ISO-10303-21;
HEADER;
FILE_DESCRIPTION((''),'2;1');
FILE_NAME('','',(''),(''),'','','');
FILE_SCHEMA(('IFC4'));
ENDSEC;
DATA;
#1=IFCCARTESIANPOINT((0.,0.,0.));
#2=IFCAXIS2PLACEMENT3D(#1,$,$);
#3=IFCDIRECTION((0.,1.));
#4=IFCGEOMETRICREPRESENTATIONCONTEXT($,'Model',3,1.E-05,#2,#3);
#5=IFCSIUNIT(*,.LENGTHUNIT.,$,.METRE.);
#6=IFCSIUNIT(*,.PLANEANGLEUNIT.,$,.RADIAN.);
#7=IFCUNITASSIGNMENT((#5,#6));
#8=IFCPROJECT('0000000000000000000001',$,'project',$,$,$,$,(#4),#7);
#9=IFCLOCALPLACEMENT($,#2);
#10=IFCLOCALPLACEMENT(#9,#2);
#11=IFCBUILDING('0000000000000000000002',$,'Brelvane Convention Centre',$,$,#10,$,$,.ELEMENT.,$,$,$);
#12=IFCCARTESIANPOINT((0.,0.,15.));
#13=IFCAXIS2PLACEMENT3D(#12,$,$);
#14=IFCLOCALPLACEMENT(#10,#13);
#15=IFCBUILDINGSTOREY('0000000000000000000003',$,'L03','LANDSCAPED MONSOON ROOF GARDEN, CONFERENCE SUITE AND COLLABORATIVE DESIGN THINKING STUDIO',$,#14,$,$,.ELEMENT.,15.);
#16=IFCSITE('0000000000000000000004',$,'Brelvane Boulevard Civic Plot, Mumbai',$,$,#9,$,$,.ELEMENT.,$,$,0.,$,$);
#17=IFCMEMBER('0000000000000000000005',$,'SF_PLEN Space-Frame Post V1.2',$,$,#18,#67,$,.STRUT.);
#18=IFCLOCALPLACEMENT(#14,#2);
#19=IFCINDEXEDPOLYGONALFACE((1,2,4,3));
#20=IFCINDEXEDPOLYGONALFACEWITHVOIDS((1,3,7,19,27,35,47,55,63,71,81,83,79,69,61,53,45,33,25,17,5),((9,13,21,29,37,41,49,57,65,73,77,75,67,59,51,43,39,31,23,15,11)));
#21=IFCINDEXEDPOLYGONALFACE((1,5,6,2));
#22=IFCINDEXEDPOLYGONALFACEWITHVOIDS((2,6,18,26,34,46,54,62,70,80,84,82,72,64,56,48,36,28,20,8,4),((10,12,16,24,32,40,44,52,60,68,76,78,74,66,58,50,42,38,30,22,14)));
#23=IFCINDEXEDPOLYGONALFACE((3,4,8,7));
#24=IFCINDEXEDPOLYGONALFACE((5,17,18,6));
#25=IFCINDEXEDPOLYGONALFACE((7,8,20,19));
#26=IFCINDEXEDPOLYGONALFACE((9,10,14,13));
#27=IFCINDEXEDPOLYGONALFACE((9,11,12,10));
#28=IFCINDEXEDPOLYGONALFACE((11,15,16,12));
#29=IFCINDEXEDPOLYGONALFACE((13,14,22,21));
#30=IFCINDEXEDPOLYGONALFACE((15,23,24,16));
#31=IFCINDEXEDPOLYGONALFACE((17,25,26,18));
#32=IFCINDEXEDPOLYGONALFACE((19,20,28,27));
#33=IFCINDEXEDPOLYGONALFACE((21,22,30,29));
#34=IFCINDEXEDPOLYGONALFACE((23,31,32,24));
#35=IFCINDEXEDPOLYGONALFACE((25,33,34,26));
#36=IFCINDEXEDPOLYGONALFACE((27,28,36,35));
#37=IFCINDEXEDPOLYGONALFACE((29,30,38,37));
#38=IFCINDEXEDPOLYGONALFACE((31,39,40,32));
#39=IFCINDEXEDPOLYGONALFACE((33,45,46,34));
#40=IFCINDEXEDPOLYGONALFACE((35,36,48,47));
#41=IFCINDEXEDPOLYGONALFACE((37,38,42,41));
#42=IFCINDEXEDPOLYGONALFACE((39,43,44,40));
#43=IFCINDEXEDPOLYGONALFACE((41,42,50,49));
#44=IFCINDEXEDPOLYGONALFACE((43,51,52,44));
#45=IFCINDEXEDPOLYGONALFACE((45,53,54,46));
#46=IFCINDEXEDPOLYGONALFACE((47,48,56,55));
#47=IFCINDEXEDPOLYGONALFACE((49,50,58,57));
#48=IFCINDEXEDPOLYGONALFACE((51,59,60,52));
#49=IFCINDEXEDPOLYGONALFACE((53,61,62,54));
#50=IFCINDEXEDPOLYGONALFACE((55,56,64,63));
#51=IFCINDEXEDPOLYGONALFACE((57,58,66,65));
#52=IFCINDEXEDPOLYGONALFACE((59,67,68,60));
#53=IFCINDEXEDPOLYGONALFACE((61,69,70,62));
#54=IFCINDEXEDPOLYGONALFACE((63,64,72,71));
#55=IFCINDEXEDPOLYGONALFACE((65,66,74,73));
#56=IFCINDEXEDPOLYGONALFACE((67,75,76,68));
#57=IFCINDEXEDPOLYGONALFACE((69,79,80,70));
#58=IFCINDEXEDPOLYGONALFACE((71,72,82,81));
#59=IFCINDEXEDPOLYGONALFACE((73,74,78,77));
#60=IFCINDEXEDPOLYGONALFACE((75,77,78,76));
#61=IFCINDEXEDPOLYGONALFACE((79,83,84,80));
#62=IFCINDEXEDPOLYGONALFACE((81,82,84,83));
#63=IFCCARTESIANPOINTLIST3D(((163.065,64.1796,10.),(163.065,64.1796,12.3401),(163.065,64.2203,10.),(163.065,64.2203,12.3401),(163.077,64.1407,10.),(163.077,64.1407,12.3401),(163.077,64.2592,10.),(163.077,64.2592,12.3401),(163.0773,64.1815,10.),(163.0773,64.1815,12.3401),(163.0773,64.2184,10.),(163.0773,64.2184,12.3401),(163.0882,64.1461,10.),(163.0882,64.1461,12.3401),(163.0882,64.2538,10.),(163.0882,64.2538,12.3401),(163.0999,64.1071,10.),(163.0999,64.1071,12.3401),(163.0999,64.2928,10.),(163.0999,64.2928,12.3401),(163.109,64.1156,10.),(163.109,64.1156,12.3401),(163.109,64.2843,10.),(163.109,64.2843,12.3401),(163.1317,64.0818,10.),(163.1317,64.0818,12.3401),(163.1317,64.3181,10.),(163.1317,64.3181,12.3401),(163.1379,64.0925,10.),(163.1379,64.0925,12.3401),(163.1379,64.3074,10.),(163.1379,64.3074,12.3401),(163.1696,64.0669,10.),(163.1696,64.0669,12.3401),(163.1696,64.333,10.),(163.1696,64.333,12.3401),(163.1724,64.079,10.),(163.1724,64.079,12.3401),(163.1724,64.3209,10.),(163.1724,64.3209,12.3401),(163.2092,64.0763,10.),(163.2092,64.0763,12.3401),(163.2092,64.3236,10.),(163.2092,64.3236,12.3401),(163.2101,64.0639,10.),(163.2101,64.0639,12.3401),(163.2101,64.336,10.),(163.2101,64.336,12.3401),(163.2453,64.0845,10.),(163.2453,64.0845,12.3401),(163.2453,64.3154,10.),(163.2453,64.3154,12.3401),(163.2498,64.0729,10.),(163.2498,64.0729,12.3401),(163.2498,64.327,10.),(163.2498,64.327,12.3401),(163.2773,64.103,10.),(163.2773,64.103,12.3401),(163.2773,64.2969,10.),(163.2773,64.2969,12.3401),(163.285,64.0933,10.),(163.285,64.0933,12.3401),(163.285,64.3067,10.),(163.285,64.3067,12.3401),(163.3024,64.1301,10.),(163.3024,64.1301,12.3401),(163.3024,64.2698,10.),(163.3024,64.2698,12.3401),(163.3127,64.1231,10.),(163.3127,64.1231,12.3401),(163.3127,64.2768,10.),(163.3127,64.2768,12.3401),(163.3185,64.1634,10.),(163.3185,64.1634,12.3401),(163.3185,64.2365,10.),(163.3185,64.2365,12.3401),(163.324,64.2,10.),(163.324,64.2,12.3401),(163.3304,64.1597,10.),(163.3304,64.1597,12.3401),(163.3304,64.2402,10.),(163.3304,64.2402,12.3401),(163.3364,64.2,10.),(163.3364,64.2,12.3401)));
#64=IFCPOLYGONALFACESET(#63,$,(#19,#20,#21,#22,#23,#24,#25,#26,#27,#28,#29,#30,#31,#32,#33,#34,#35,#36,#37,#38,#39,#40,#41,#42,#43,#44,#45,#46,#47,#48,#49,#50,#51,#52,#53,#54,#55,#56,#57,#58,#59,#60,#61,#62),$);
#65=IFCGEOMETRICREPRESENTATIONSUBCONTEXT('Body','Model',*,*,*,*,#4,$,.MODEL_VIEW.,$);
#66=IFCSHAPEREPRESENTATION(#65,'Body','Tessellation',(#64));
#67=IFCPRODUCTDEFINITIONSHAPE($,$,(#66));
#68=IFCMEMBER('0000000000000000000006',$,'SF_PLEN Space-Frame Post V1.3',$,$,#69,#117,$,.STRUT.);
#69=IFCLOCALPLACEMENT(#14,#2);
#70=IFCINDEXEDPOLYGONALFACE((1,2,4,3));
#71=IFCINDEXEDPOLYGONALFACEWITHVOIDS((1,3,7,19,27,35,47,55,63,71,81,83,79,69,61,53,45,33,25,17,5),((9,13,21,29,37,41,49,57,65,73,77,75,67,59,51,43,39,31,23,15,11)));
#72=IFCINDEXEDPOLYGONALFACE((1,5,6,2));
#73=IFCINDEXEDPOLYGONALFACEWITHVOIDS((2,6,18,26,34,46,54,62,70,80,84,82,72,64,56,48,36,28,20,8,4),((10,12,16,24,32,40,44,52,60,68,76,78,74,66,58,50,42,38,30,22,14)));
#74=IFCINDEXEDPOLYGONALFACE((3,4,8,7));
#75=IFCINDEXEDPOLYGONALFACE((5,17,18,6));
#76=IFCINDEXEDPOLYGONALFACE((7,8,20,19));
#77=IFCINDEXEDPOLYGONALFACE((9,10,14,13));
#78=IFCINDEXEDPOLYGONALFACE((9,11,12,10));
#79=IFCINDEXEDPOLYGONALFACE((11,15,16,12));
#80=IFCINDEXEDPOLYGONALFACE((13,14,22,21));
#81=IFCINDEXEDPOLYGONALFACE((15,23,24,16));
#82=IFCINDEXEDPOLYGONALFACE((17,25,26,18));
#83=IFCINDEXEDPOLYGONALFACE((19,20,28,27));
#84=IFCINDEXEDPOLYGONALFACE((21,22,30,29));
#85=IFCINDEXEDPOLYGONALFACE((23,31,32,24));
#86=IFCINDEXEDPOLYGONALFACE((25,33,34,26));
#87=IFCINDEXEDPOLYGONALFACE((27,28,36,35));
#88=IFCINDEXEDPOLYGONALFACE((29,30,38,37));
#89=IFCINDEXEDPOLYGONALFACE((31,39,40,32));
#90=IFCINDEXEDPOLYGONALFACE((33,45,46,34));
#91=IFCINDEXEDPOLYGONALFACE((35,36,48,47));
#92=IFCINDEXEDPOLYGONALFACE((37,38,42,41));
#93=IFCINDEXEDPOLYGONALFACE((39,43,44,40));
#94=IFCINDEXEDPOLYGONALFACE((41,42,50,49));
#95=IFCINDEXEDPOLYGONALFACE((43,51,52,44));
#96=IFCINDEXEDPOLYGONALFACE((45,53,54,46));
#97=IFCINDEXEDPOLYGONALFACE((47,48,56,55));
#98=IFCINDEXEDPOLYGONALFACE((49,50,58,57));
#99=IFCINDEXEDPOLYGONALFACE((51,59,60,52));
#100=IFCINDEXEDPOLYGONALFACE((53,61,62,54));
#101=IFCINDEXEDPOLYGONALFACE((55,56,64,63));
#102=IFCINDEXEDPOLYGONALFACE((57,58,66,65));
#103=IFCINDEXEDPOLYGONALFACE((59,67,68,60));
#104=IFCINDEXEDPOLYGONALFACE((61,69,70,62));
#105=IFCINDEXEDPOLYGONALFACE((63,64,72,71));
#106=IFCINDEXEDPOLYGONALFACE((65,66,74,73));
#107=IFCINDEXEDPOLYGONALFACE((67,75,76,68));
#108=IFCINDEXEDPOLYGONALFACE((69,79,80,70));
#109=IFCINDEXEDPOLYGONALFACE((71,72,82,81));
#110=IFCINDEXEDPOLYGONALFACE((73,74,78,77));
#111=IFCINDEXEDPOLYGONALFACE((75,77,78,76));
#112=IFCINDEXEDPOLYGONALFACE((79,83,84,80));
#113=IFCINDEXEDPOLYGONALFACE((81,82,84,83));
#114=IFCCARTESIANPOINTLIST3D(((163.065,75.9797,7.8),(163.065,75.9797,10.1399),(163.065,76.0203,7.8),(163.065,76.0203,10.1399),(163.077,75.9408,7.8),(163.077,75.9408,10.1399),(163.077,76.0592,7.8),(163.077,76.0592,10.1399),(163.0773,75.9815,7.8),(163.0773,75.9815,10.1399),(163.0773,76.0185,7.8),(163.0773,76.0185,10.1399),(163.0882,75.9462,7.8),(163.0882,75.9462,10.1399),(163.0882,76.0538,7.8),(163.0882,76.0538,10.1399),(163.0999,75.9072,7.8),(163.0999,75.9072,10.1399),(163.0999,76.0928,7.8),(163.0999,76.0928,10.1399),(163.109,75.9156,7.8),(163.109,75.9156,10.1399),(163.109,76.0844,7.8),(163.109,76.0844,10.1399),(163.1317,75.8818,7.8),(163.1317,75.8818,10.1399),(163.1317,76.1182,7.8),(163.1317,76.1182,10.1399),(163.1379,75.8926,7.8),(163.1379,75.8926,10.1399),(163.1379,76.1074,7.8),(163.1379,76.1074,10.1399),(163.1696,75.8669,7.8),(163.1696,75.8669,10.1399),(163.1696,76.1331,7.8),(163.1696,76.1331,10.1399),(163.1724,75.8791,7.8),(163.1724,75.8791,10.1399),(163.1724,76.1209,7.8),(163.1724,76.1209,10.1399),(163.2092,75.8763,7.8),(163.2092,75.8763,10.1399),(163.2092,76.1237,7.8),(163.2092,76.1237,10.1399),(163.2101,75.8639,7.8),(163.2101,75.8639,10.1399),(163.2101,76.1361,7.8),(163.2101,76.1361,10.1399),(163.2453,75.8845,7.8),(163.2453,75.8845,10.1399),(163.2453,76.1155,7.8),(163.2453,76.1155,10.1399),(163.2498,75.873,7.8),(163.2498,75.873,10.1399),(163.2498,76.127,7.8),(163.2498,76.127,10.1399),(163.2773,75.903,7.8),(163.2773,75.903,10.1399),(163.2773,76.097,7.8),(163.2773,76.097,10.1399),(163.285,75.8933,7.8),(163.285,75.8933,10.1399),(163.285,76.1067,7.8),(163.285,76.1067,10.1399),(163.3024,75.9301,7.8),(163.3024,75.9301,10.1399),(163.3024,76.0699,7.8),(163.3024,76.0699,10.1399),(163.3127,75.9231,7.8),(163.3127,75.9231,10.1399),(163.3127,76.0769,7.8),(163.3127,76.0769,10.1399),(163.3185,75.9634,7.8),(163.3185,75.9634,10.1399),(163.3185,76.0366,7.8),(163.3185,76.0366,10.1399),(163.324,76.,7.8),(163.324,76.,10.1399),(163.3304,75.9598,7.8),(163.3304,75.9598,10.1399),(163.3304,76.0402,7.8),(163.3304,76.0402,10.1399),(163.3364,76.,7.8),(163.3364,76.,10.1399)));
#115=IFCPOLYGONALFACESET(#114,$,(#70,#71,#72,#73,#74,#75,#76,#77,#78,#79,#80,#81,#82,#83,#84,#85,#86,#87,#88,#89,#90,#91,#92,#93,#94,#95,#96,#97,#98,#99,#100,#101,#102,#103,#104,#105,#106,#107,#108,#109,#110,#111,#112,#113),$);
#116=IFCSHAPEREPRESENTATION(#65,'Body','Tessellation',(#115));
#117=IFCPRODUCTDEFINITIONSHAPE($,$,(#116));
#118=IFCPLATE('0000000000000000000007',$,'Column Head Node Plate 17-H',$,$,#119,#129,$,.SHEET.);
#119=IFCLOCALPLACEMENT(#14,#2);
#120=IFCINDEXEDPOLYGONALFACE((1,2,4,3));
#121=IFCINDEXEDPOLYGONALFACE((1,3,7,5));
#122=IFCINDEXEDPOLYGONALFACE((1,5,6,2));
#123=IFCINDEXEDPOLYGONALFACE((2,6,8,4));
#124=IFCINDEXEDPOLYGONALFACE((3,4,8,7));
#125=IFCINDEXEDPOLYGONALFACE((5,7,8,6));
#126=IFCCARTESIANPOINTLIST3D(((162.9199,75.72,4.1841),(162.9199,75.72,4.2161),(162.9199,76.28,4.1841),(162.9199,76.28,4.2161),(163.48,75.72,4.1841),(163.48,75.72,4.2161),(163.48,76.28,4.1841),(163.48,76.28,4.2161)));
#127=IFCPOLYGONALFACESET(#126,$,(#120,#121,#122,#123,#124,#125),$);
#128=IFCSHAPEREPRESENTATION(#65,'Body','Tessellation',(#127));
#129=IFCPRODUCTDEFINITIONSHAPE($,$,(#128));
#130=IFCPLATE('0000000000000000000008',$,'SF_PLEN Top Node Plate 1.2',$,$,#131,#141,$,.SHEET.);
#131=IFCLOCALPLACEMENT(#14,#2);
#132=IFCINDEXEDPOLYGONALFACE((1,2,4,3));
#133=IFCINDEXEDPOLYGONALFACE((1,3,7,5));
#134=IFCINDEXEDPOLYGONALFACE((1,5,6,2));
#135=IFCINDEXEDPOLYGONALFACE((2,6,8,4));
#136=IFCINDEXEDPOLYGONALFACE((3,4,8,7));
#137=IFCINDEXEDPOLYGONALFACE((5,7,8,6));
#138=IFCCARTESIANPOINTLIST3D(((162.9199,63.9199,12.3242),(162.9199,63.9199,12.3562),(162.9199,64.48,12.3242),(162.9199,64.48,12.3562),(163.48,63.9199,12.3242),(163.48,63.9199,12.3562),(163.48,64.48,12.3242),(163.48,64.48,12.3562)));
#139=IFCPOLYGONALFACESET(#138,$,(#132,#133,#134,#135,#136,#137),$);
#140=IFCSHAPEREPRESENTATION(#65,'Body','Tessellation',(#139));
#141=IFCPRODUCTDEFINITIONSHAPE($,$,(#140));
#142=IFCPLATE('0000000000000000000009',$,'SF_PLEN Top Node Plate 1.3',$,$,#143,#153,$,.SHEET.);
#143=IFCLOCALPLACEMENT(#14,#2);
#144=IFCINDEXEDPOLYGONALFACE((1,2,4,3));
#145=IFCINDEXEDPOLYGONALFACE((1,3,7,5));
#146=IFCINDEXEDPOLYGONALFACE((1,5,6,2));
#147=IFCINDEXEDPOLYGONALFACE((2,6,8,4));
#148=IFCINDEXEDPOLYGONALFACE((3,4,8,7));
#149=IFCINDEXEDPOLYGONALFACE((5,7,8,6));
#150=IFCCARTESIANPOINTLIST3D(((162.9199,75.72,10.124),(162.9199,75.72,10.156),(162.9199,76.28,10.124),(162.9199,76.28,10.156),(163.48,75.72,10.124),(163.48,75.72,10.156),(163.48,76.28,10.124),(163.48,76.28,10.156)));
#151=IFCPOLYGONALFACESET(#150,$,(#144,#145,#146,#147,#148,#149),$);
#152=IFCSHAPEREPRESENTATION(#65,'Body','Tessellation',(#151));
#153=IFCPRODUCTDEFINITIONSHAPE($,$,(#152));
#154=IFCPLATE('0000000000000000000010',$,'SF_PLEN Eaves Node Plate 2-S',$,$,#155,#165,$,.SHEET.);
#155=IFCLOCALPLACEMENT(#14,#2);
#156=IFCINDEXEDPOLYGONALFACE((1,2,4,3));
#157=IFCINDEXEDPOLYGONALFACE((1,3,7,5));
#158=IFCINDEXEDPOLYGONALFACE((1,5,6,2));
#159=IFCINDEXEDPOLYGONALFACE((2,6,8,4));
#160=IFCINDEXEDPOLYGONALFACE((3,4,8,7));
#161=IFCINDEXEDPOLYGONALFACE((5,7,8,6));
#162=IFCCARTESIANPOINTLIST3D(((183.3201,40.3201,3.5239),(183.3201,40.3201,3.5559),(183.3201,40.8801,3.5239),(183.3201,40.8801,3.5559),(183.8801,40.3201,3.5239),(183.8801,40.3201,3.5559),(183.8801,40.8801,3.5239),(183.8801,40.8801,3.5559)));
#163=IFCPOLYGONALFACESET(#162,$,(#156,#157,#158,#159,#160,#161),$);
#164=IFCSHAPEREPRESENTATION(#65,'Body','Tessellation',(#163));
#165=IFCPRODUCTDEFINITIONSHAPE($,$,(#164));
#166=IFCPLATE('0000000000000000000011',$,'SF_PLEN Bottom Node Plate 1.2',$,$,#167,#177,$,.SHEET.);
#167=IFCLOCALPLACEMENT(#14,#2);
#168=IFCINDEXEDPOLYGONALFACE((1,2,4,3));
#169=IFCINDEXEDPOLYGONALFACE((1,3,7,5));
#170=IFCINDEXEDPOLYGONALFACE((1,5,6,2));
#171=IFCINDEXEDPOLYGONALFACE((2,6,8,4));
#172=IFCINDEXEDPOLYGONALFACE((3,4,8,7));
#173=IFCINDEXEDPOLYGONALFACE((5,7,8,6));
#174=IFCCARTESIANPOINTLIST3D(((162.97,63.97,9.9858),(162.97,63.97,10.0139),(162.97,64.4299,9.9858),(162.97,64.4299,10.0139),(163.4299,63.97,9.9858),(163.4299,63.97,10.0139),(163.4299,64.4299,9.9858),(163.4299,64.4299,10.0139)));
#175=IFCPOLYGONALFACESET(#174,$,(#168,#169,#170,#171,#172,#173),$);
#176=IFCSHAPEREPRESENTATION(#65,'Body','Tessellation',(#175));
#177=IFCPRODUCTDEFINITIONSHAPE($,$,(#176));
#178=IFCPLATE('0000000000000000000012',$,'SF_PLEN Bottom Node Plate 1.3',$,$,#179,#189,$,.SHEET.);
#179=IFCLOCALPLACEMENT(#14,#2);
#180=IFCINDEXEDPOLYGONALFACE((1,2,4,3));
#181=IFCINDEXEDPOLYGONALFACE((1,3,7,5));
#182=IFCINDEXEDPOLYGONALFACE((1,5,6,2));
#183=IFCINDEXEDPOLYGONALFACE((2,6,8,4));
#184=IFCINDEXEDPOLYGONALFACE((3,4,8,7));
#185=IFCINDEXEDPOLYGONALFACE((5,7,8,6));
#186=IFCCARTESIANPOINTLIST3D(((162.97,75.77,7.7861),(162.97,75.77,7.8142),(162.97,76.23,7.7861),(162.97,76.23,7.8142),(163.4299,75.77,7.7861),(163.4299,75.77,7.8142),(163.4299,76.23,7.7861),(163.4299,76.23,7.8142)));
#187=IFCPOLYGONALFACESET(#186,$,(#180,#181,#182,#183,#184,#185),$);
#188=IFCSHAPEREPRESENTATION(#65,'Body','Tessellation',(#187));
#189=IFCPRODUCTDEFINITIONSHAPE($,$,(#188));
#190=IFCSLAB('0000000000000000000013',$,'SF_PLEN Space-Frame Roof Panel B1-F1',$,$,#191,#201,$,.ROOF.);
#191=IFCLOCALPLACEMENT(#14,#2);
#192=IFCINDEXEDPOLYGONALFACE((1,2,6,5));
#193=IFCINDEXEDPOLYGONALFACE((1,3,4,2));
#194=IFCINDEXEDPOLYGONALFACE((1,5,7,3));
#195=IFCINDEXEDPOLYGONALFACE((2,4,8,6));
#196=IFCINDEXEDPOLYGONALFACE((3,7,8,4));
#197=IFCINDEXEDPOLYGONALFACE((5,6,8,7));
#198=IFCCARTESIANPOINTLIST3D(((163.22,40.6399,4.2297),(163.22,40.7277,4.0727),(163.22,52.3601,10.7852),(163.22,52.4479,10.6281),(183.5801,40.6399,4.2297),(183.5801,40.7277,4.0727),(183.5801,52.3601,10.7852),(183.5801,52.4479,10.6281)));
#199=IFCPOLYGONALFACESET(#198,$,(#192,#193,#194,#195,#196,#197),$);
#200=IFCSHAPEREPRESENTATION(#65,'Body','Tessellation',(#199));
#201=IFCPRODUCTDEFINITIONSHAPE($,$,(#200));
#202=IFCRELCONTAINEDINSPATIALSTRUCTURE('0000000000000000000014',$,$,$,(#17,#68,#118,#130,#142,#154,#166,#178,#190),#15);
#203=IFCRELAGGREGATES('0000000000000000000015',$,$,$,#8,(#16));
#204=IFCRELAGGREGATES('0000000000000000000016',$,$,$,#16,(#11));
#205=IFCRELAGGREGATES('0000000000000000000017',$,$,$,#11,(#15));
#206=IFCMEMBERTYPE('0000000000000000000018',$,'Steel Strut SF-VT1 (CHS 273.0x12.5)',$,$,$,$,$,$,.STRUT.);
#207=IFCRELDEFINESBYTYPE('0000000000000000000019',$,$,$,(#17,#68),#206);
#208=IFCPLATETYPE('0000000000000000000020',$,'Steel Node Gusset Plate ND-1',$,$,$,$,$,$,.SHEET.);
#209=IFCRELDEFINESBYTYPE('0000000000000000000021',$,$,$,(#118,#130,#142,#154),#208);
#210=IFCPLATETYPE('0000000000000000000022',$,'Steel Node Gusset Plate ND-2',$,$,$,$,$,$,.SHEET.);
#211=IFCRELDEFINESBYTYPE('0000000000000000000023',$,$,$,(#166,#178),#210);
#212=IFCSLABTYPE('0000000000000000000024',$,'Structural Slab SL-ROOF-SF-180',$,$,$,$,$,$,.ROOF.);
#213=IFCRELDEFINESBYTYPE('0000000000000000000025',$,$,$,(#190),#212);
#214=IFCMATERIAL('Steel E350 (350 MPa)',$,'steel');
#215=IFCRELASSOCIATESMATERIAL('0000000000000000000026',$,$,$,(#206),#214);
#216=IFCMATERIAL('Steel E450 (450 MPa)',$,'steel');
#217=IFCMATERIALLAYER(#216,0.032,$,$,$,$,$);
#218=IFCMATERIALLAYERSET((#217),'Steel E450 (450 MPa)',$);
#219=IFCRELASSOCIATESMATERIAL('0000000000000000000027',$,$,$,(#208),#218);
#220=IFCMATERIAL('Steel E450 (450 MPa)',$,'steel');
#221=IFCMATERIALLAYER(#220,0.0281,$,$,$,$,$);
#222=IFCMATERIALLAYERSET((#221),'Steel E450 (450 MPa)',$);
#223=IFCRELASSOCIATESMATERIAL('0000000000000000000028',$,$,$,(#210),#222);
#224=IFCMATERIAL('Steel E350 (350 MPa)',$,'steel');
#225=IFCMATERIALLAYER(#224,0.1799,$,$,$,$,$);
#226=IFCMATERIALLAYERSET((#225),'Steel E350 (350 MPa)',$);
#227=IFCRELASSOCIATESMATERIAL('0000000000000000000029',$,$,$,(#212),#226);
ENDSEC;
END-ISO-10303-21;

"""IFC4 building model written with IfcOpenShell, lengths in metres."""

from ifc_helpers import new_model, si_unit, direction, frame, origin, origin_2d, place, context, subcontext, project, spatial, polyline, rectangle, hollow_circle, outline, extrude, material, layer, layer_set, material_profile, profile_set, type_object, element, save


model = new_model("IFC4")

# Units and contexts
model_context = context("Model", 3, precision=1e-05, world=origin(), true_north=direction((0.0, 1.0)))
body_context = subcontext(model_context, "Body", "Model", "MODEL_VIEW")
ifc_project = project(units=[si_unit("LENGTHUNIT", "METRE"), si_unit("PLANEANGLEUNIT", "RADIAN")], contexts=[model_context])

# Site, building, storey
site_placement = place(None, origin())
site = spatial("IfcSite", under=ifc_project, at=site_placement, Name="Brelvane Boulevard Civic Plot, Mumbai", CompositionType="ELEMENT", RefElevation=0.0)
building_placement = place(site_placement, origin())
building = spatial("IfcBuilding", under=site, at=building_placement, Name="Brelvane Convention Centre", CompositionType="ELEMENT")
storey_placement = place(building_placement, frame((0.0, 0.0, 15.0)))
storey = spatial("IfcBuildingStorey", under=building, at=storey_placement, Name="L03", Description="LANDSCAPED MONSOON ROOF GARDEN, CONFERENCE SUITE AND COLLABORATIVE DESIGN THINKING STUDIO", CompositionType="ELEMENT", Elevation=15.0)

# Members
ifc_material_1 = material(Name="Steel E350 (350 MPa)", Category="steel")
ifc_material_profile_1 = material_profile(ifc_material_1, hollow_circle(Radius=0.1365, WallThickness=0.0125, at=origin_2d()), Name="CHS 273.0x12.5")
ifc_profile_set_1 = profile_set([ifc_material_profile_1], Name="Steel E350 (350 MPa)")
member_type_1 = type_object("IfcMemberType", Name="Steel Strut SF-VT1 (CHS 273.0x12.5)", PredefinedType="STRUT", material=ifc_profile_set_1)
member_1_placement = place(storey_placement, frame((163.2, 64.2, 10.0), z_axis=(0.0, 0.0, 1.0), x_axis=(1.0, 0.0, 0.0)))
element("IfcMember", 1, at=member_1_placement, inside=storey, type_object=member_type_1, Name="SF_PLEN Space-Frame Post V1.2", PredefinedType="STRUT", context=body_context, shape_type="SweptSolid", body=[
    extrude(hollow_circle(Radius=0.1365, WallThickness=0.0125, at=origin_2d()), origin(), (0.0, 0.0, 1.0), 2.3401),
])
member_2_placement = place(storey_placement, frame((163.2, 76.0, 7.8), z_axis=(0.0, 0.0, 1.0), x_axis=(1.0, 0.0, 0.0)))
element("IfcMember", 2, at=member_2_placement, inside=storey, type_object=member_type_1, Name="SF_PLEN Space-Frame Post V1.3", PredefinedType="STRUT", context=body_context, shape_type="SweptSolid", body=[
    extrude(hollow_circle(Radius=0.1365, WallThickness=0.0125, at=origin_2d()), origin(), (0.0, 0.0, 1.0), 2.3398),
])

# Plates
ifc_material_2 = material(Name="Steel E450 (450 MPa)", Category="steel")
ifc_layer_1 = layer(ifc_material_2, 0.032)
ifc_layer_set_1 = layer_set([ifc_layer_1], Name="Steel E450 (450 MPa)")
plate_type_1 = type_object("IfcPlateType", Name="Steel Node Gusset Plate ND-1", PredefinedType="SHEET", material=ifc_layer_set_1)
for number, where, z_axis, x_axis, name in (
    (3, (163.2, 76.0, 4.1841), (0.0, 0.0, 1.0), (1.0, 0.0, 0.0), "Column Head Node Plate 17-H"),
    (4, (163.2, 64.2, 12.3242), (0.0, 0.0, 1.0), (1.0, 0.0, 0.0), "SF_PLEN Top Node Plate 1.2"),
    (5, (163.2, 76.0, 10.124), (0.0, 0.0, 1.0), (1.0, 0.0, 0.0), "SF_PLEN Top Node Plate 1.3"),
    (6, (183.6001, 40.6001, 3.5239), (0.0, 0.0, 1.0), (1.0, 0.0, 0.0), "SF_PLEN Eaves Node Plate 2-S"),
):
    element("IfcPlate", number, at=place(storey_placement, frame(where, z_axis=z_axis, x_axis=x_axis)), inside=storey, type_object=plate_type_1, Name=name, PredefinedType="SHEET", context=body_context, shape_type="SweptSolid", body=[
        extrude(rectangle(XDim=0.5601, YDim=0.5601, at=origin_2d()), origin(), (0.0, 0.0, 1.0), 0.032),
    ])
ifc_material_3 = material(Name="Steel E450 (450 MPa)", Category="steel")
ifc_layer_2 = layer(ifc_material_3, 0.0281)
ifc_layer_set_2 = layer_set([ifc_layer_2], Name="Steel E450 (450 MPa)")
plate_type_2 = type_object("IfcPlateType", Name="Steel Node Gusset Plate ND-2", PredefinedType="SHEET", material=ifc_layer_set_2)
for number, where, z_axis, x_axis, name in (
    (7, (163.2, 64.2, 9.9858), (0.0, 0.0, 1.0), (1.0, 0.0, 0.0), "SF_PLEN Bottom Node Plate 1.2"),
    (8, (163.2, 76.0, 7.7861), (0.0, 0.0, 1.0), (1.0, 0.0, 0.0), "SF_PLEN Bottom Node Plate 1.3"),
):
    element("IfcPlate", number, at=place(storey_placement, frame(where, z_axis=z_axis, x_axis=x_axis)), inside=storey, type_object=plate_type_2, Name=name, PredefinedType="SHEET", context=body_context, shape_type="SweptSolid", body=[
        extrude(rectangle(XDim=0.46, YDim=0.46, at=origin_2d()), origin(), (0.0, 0.0, 1.0), 0.0281),
    ])

# Slab
ifc_material_4 = material(Name="Steel E350 (350 MPa)", Category="steel")
ifc_layer_3 = layer(ifc_material_4, 0.1799)
ifc_layer_set_3 = layer_set([ifc_layer_3], Name="Steel E350 (350 MPa)")
slab_type = type_object("IfcSlabType", Name="Structural Slab SL-ROOF-SF-180", PredefinedType="ROOF", material=ifc_layer_set_3)
slab_placement = place(storey_placement, frame((163.22, 40.6399, 4.2297), z_axis=(0.0, -0.488155, 0.872757), x_axis=(1.0, 0.0, 0.0)))
element("IfcSlab", 9, at=slab_placement, inside=storey, type_object=slab_type, Name="SF_PLEN Space-Frame Roof Panel B1-F1", PredefinedType="ROOF", context=body_context, shape_type="SweptSolid", body=[
    extrude(outline(polyline([(0.0, 0.0), (20.3601, 0.0), (20.3601, 13.429), (0.0, 13.429), (0.0, 0.0)])), origin(), (0.0, 0.0, -1.0), 0.1799),
])

save(model, "model.ifc")
